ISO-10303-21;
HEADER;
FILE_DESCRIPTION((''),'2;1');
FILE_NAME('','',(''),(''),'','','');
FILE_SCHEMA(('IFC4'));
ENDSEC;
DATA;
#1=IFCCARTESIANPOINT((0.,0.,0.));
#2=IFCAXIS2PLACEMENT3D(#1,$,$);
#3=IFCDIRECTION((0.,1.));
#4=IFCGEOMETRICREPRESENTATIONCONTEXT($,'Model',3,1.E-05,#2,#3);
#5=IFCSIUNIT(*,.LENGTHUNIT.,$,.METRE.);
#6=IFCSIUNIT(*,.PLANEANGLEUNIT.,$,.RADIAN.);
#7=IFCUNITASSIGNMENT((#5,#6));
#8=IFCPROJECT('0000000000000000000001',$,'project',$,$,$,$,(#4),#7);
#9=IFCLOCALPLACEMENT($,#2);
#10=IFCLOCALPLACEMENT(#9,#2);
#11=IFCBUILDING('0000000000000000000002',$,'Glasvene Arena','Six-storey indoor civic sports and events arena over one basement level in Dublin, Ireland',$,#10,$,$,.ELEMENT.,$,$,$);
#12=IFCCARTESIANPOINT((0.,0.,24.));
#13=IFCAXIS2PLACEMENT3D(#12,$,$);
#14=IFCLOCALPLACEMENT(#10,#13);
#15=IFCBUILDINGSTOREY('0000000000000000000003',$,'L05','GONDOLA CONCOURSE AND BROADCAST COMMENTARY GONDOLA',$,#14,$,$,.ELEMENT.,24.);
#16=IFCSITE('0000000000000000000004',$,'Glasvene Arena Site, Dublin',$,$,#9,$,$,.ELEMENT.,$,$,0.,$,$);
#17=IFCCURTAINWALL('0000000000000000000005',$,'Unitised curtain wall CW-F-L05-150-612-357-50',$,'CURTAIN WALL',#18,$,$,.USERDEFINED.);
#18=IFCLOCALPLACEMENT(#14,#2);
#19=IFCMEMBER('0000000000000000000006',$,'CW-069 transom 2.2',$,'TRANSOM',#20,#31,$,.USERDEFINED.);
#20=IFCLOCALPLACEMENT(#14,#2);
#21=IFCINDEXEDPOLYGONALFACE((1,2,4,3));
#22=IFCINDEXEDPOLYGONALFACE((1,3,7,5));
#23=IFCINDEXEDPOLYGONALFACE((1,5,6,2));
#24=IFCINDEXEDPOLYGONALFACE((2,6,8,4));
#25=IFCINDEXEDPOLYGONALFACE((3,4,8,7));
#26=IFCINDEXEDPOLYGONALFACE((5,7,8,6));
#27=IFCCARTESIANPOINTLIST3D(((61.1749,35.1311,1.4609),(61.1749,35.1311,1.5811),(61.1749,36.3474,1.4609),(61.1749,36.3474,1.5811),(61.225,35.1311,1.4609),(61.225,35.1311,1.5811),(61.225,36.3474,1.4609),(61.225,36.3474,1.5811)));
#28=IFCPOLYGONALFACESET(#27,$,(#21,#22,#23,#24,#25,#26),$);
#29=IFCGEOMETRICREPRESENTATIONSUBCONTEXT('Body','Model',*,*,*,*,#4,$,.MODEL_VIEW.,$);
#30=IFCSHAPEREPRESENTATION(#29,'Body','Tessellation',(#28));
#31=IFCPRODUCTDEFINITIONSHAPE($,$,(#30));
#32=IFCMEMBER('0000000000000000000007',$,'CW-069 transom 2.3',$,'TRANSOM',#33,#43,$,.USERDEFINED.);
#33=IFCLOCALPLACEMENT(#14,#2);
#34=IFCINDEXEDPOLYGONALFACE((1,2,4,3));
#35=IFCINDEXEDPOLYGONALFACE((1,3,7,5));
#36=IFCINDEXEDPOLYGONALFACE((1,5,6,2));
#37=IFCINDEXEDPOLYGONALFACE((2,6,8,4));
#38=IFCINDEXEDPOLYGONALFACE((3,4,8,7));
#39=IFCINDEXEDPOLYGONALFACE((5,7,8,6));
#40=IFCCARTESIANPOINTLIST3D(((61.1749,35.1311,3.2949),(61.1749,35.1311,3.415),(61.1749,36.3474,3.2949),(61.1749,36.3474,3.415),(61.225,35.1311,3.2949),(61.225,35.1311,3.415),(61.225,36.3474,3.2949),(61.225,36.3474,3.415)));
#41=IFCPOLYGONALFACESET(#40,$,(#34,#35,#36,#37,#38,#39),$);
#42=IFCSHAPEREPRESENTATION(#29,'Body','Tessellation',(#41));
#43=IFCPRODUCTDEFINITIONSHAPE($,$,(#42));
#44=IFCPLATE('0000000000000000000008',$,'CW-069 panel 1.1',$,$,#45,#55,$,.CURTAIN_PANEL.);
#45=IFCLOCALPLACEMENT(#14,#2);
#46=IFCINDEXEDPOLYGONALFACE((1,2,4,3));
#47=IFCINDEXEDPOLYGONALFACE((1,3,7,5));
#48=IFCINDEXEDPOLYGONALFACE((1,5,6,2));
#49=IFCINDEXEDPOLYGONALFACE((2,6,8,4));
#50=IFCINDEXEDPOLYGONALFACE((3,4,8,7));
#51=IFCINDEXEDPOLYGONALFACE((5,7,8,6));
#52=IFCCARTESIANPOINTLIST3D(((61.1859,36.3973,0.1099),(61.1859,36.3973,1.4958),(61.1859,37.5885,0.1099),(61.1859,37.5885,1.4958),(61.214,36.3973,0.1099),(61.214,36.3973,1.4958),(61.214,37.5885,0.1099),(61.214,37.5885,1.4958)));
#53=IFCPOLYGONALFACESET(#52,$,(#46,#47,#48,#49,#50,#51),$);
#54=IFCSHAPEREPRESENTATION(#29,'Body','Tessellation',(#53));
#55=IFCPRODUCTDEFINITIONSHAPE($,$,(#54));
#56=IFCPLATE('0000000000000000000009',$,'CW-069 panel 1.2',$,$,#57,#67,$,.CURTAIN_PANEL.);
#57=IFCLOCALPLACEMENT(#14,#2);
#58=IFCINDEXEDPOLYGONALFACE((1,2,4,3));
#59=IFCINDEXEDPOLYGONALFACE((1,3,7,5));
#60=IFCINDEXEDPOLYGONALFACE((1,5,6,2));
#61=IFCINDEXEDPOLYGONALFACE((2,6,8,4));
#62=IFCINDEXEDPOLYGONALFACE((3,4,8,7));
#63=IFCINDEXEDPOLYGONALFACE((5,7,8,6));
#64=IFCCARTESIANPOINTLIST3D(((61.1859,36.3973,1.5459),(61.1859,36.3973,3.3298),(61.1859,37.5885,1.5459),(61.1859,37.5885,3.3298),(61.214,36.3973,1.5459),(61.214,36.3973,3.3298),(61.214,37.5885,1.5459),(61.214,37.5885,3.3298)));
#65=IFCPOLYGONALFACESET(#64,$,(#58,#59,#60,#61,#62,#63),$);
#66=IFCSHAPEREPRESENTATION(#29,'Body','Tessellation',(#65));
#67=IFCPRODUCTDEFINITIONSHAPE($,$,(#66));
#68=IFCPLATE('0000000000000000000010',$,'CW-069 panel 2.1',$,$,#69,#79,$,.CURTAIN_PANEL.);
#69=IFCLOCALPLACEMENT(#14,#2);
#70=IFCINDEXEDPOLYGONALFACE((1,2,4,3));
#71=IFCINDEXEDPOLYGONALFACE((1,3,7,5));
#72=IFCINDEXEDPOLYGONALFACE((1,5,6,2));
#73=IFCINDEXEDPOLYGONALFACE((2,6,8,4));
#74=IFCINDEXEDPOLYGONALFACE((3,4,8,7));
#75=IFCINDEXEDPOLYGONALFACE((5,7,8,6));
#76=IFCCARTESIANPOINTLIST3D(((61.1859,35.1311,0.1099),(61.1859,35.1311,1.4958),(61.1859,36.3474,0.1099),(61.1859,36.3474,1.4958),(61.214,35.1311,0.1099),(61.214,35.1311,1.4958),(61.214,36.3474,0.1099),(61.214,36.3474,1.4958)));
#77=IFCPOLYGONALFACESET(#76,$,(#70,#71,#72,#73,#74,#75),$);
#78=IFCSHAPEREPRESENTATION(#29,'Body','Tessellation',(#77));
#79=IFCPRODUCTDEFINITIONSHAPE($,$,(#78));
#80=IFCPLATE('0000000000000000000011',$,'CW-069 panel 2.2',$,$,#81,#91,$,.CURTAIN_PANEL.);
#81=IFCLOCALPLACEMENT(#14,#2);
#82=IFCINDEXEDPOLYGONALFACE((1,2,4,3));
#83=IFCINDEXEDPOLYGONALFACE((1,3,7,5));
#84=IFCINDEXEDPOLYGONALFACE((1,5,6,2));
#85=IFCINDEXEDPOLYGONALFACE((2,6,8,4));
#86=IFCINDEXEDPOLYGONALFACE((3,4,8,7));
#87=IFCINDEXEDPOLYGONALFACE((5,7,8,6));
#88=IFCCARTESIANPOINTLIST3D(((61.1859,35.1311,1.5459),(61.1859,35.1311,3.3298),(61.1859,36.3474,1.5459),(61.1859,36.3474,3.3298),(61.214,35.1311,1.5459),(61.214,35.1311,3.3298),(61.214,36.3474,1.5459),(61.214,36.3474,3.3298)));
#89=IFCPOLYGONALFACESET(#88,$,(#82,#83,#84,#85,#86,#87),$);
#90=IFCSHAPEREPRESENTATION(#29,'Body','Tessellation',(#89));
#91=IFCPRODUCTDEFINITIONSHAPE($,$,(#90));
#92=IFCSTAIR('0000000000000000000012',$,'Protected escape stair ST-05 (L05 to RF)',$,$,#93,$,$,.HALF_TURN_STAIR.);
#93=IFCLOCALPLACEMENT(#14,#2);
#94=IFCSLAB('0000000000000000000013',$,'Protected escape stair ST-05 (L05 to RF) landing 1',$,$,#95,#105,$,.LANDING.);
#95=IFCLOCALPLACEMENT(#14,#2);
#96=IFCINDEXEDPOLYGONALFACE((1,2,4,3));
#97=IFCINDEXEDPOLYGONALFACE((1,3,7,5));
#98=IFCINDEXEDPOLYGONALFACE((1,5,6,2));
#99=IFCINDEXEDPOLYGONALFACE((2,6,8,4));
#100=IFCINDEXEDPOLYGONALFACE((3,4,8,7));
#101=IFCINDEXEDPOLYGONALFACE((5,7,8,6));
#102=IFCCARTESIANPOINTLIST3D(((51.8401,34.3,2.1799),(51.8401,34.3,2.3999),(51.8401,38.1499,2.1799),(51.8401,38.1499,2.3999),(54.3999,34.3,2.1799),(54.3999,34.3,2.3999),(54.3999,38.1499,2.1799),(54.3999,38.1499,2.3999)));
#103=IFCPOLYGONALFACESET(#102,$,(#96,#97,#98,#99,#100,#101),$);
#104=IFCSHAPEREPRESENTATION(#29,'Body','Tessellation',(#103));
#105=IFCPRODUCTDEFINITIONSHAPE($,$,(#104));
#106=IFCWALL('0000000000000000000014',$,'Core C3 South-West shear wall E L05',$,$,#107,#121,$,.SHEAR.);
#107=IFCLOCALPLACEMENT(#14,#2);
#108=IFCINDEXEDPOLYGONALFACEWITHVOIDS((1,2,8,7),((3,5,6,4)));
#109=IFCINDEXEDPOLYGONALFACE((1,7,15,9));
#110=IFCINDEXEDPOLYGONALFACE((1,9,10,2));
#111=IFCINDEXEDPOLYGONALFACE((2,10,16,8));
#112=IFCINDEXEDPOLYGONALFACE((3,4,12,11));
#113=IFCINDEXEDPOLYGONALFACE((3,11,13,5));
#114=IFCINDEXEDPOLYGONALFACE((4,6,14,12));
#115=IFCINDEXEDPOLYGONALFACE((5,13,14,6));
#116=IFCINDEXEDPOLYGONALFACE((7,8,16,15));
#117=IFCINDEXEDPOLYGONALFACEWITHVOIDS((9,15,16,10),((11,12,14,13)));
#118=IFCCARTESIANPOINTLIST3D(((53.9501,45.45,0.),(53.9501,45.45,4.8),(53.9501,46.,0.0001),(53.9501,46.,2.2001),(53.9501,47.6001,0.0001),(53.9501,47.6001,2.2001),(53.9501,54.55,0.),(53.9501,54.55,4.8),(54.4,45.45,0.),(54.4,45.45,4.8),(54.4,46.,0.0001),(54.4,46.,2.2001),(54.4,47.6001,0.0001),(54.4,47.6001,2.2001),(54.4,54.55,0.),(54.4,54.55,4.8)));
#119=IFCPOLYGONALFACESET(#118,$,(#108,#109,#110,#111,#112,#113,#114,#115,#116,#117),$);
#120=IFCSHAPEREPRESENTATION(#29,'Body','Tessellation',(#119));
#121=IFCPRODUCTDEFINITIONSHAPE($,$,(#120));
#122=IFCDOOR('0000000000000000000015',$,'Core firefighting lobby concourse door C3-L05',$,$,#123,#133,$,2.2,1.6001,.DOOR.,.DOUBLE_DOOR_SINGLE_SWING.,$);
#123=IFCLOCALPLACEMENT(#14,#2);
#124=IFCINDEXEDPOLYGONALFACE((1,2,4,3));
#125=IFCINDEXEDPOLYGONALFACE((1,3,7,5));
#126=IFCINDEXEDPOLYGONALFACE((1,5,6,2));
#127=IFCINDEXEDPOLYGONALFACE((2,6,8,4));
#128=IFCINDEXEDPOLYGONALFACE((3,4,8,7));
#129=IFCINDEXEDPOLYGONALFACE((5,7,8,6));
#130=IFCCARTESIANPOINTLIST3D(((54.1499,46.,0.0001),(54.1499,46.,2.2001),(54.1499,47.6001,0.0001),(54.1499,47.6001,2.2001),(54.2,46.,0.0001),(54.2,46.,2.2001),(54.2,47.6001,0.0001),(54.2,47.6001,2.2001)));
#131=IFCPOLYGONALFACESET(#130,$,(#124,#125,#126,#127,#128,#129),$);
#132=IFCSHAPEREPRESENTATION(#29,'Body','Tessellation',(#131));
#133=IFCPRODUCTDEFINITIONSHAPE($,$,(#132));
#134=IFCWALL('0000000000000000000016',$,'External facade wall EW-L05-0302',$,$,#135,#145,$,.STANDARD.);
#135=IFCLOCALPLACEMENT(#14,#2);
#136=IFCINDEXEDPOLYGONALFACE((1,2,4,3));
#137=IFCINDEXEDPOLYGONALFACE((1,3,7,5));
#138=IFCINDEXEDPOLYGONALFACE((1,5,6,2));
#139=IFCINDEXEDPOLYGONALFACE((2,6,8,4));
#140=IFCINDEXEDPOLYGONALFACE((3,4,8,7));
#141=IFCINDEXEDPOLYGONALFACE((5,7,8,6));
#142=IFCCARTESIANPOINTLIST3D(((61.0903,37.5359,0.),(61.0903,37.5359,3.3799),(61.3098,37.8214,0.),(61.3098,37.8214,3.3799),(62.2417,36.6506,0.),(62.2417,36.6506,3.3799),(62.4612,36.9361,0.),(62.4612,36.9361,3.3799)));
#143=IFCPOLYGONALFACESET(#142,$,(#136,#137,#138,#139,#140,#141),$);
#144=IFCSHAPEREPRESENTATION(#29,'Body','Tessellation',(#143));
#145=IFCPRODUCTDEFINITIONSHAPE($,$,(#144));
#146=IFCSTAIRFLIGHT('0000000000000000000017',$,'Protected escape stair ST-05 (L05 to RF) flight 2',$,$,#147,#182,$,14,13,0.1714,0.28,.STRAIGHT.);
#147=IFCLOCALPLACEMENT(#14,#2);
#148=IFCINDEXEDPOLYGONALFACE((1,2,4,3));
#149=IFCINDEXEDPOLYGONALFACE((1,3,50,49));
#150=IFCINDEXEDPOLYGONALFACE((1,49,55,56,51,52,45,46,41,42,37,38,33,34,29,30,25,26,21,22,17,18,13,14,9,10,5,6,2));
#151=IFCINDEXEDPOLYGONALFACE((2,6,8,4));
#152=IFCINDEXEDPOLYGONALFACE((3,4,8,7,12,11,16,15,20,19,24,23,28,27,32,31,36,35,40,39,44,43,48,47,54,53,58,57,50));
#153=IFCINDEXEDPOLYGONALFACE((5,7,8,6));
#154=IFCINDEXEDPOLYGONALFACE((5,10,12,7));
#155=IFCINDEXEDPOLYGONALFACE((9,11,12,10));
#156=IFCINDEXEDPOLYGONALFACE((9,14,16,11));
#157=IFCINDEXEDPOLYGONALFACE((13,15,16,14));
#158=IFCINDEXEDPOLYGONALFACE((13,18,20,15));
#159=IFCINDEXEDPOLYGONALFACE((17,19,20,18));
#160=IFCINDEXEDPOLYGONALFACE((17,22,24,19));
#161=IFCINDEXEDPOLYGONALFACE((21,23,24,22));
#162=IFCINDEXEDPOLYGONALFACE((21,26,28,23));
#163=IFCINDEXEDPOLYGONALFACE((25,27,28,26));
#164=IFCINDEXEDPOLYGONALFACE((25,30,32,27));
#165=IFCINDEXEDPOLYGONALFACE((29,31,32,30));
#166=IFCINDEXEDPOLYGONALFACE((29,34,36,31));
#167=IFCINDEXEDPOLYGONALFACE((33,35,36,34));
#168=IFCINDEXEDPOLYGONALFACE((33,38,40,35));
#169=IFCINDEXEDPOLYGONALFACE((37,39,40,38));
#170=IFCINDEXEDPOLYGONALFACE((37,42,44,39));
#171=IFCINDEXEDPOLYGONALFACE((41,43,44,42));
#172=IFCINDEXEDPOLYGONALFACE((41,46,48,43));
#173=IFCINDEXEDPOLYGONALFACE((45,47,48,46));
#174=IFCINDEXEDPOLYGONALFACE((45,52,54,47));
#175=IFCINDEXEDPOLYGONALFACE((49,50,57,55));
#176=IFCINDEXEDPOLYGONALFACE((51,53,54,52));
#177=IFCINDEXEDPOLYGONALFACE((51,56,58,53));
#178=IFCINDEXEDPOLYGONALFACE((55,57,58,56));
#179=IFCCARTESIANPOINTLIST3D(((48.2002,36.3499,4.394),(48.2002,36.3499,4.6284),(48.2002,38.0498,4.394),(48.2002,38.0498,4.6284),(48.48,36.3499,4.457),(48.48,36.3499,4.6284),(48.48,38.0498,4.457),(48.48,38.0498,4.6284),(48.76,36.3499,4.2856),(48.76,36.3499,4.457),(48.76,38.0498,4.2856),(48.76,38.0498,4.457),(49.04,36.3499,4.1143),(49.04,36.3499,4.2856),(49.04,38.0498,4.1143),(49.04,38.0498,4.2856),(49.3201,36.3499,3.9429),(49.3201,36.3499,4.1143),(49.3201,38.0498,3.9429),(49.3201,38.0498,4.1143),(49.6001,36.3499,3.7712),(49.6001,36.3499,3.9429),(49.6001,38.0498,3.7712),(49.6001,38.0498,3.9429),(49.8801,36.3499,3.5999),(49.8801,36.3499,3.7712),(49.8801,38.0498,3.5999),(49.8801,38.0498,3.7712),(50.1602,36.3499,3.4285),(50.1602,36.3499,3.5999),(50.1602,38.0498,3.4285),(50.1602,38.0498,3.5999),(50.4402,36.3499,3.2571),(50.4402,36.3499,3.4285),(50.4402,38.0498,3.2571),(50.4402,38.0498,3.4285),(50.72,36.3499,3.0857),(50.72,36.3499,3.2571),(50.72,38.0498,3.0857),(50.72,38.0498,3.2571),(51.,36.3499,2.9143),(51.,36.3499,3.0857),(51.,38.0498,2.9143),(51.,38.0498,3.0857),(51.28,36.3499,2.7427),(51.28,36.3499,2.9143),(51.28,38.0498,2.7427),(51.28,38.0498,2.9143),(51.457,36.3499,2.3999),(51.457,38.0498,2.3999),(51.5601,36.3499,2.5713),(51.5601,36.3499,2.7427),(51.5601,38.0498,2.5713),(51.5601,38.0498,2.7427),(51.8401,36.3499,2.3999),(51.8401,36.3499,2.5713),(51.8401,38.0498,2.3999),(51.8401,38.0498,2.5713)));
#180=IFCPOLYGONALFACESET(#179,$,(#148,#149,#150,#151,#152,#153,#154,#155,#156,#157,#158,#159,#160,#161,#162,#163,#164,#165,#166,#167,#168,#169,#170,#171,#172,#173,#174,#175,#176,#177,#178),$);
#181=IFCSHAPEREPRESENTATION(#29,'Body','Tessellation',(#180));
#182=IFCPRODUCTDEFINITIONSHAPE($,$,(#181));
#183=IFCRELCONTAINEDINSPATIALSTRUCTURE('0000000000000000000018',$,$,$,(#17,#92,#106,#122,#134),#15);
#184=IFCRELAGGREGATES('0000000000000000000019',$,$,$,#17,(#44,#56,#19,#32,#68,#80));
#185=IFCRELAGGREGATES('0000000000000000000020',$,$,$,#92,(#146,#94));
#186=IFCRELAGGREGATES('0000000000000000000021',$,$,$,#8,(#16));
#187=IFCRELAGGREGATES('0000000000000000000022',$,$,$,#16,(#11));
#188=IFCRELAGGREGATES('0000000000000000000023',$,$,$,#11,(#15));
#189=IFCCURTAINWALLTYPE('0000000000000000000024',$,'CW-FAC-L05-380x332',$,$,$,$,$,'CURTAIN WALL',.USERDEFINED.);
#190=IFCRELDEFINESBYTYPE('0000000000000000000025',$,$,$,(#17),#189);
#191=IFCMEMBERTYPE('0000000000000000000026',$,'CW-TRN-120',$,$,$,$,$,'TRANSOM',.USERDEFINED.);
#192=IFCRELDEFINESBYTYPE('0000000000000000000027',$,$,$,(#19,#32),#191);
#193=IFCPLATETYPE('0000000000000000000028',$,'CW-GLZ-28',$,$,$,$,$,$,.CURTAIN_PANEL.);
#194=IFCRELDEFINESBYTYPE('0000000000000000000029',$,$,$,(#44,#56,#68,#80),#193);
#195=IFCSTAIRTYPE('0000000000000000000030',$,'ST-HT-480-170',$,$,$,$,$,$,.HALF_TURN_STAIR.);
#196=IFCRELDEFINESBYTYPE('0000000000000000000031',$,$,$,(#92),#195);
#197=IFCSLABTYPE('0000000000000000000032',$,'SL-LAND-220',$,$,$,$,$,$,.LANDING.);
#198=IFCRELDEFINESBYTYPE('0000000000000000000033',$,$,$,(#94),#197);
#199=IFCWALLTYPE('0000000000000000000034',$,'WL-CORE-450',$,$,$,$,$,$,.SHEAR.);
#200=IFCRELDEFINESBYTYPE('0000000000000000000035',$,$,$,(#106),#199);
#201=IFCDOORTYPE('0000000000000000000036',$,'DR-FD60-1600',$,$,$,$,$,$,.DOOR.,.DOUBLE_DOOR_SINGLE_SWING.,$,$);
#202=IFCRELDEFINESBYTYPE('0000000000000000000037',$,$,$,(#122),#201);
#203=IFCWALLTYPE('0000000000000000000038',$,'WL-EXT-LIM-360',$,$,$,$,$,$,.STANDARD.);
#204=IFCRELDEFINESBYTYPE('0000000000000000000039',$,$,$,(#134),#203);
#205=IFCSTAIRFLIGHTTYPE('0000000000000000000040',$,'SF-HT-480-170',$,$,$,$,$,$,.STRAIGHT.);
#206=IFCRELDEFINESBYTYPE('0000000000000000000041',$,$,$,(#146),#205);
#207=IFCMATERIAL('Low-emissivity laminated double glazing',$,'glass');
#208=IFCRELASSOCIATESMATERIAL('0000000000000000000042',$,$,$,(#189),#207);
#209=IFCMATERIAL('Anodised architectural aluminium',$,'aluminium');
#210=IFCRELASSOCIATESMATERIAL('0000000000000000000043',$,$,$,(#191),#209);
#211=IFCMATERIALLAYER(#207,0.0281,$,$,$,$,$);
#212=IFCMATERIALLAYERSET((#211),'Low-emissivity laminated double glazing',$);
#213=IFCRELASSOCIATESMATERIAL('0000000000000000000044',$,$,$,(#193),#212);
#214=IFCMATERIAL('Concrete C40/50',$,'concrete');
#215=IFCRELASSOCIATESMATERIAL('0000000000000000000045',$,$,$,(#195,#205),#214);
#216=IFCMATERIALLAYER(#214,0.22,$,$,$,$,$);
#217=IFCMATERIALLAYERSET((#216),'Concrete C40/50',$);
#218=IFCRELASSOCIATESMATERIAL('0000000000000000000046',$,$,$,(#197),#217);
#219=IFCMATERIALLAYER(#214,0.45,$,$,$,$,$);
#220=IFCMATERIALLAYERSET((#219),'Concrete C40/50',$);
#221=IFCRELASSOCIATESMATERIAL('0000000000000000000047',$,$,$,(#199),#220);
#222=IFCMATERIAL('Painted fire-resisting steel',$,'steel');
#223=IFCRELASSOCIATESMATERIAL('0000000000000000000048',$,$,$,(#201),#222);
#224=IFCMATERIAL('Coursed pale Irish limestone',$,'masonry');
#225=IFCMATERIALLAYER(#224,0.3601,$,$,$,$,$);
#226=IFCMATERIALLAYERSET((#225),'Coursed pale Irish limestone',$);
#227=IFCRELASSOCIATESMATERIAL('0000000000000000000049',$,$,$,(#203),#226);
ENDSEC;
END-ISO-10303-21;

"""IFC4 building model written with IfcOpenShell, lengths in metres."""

from ifc_helpers import new_model, si_unit, direction, frame, frame_2d, origin, origin_2d, place, context, subcontext, project, spatial, polyline, rectangle, outline, extrude, material, layer, layer_set, material_profile, profile_set, type_object, element, fill, aggregate, save


model = new_model("IFC4")

# Units and contexts
model_context = context("Model", 3, precision=1e-05, world=origin(), true_north=direction((0.0, 1.0)))
body_context = subcontext(model_context, "Body", "Model", "MODEL_VIEW")
ifc_project = project(units=[si_unit("LENGTHUNIT", "METRE"), si_unit("PLANEANGLEUNIT", "RADIAN")], contexts=[model_context])

# Site, building, storey
site_placement = place(None, origin())
site = spatial("IfcSite", under=ifc_project, at=site_placement, Name="Glasvene Arena Site, Dublin", CompositionType="ELEMENT", RefElevation=0.0)
building_placement = place(site_placement, origin())
building = spatial("IfcBuilding", under=site, at=building_placement, Name="Glasvene Arena", Description="Six-storey indoor civic sports and events arena over one basement level in Dublin, Ireland", CompositionType="ELEMENT")
storey_placement = place(building_placement, frame((0.0, 0.0, 24.0)))
storey = spatial("IfcBuildingStorey", under=building, at=storey_placement, Name="L05", Description="GONDOLA CONCOURSE AND BROADCAST COMMENTARY GONDOLA", CompositionType="ELEMENT", Elevation=24.0)

# Curtain wall, members, plates
ifc_material_1 = material(Name="Low-emissivity laminated double glazing", Category="glass")
curtain_wall_type = type_object("IfcCurtainWallType", Name="CW-FAC-L05-380x332", ElementType="CURTAIN WALL", PredefinedType="USERDEFINED", material=ifc_material_1)
curtain_wall_placement = place(storey_placement, frame((61.2, 37.6387, 0.0)))
curtain_wall = element("IfcCurtainWall", 1, at=curtain_wall_placement, inside=storey, type_object=curtain_wall_type, Name="Unitised curtain wall CW-F-L05-150-612-357-50", ObjectType="CURTAIN WALL", PredefinedType="USERDEFINED")
ifc_material_2 = material(Name="Anodised architectural aluminium", Category="aluminium")
ifc_material_profile_1 = material_profile(ifc_material_2, rectangle(XDim=0.05, YDim=0.1201, at=origin_2d()), Name="ALU TRANSOM 50x120")
ifc_profile_set_1 = profile_set([ifc_material_profile_1], Name="Anodised architectural aluminium")
member_type_1 = type_object("IfcMemberType", Name="CW-TRN-120", ElementType="TRANSOM", PredefinedType="USERDEFINED", material=ifc_profile_set_1)
member_1_placement = place(storey_placement, frame((61.2, 36.3474, 1.521), z_axis=(0.0, -1.0, 0.0), x_axis=(1.0, 0.0, 0.0)))
member_1 = element("IfcMember", 2, at=member_1_placement, type_object=member_type_1, Name="CW-069 transom 2.2", ObjectType="TRANSOM", PredefinedType="USERDEFINED", context=body_context, shape_type="SweptSolid", body=[
    extrude(rectangle(XDim=0.05, YDim=0.1201, at=origin_2d()), origin(), (0.0, 0.0, 1.0), 1.2163),
])
member_2_placement = place(storey_placement, frame((61.2, 36.3474, 3.355), z_axis=(0.0, -1.0, 0.0), x_axis=(1.0, 0.0, 0.0)))
member_2 = element("IfcMember", 3, at=member_2_placement, type_object=member_type_1, Name="CW-069 transom 2.3", ObjectType="TRANSOM", PredefinedType="USERDEFINED", context=body_context, shape_type="SweptSolid", body=[
    extrude(rectangle(XDim=0.05, YDim=0.1201, at=origin_2d()), origin(), (0.0, 0.0, 1.0), 1.2163),
])
ifc_layer_1 = layer(ifc_material_1, 0.0281)
ifc_layer_set_1 = layer_set([ifc_layer_1], Name="Low-emissivity laminated double glazing")
plate_type = type_object("IfcPlateType", Name="CW-GLZ-28", PredefinedType="CURTAIN_PANEL", material=ifc_layer_set_1)
plate_1_placement = place(storey_placement, frame((61.2, 36.9929, 0.1099), z_axis=(0.0, 0.0, 1.0), x_axis=(0.0, -1.0, 0.0)))
plate_1 = element("IfcPlate", 4, at=plate_1_placement, type_object=plate_type, Name="CW-069 panel 1.1", PredefinedType="CURTAIN_PANEL", context=body_context, shape_type="SweptSolid", body=[
    extrude(rectangle(XDim=1.1912, YDim=0.0281, at=origin_2d()), origin(), (0.0, 0.0, 1.0), 1.386),
])
plate_2_placement = place(storey_placement, frame((61.2, 36.9929, 1.5459), z_axis=(0.0, 0.0, 1.0), x_axis=(0.0, -1.0, 0.0)))
plate_2 = element("IfcPlate", 5, at=plate_2_placement, type_object=plate_type, Name="CW-069 panel 1.2", PredefinedType="CURTAIN_PANEL", context=body_context, shape_type="SweptSolid", body=[
    extrude(rectangle(XDim=1.1912, YDim=0.0281, at=origin_2d()), origin(), (0.0, 0.0, 1.0), 1.7839),
])
plate_3_placement = place(storey_placement, frame((61.2, 35.7393, 0.1099), z_axis=(0.0, 0.0, 1.0), x_axis=(0.0, -1.0, 0.0)))
plate_3 = element("IfcPlate", 6, at=plate_3_placement, type_object=plate_type, Name="CW-069 panel 2.1", PredefinedType="CURTAIN_PANEL", context=body_context, shape_type="SweptSolid", body=[
    extrude(rectangle(XDim=1.2163, YDim=0.0281, at=origin_2d()), origin(), (0.0, 0.0, 1.0), 1.386),
])
plate_4_placement = place(storey_placement, frame((61.2, 35.7393, 1.5459), z_axis=(0.0, 0.0, 1.0), x_axis=(0.0, -1.0, 0.0)))
plate_4 = element("IfcPlate", 7, at=plate_4_placement, type_object=plate_type, Name="CW-069 panel 2.2", PredefinedType="CURTAIN_PANEL", context=body_context, shape_type="SweptSolid", body=[
    extrude(rectangle(XDim=1.2163, YDim=0.0281, at=origin_2d()), origin(), (0.0, 0.0, 1.0), 1.7839),
])
aggregate(curtain_wall, [plate_1, plate_2, member_1, member_2, plate_3, plate_4])

# Stair, slab
ifc_material_3 = material(Name="Concrete C40/50", Category="concrete")
stair_type = type_object("IfcStairType", Name="ST-HT-480-170", PredefinedType="HALF_TURN_STAIR", material=ifc_material_3)
stair_placement = place(storey_placement, origin())
stair = element("IfcStair", 8, at=stair_placement, inside=storey, type_object=stair_type, Name="Protected escape stair ST-05 (L05 to RF)", PredefinedType="HALF_TURN_STAIR")
ifc_layer_2 = layer(ifc_material_3, 0.22)
ifc_layer_set_2 = layer_set([ifc_layer_2], Name="Concrete C40/50")
slab_type = type_object("IfcSlabType", Name="SL-LAND-220", PredefinedType="LANDING", material=ifc_layer_set_2)
slab_placement = place(storey_placement, frame((53.1201, 36.2251, 2.1799)))
slab = element("IfcSlab", 9, at=slab_placement, type_object=slab_type, Name="Protected escape stair ST-05 (L05 to RF) landing 1", PredefinedType="LANDING", context=body_context, shape_type="SweptSolid", body=[
    extrude(outline(polyline([(-1.28, -1.925), (1.2798, -1.925), (1.2798, 1.9248), (-1.28, 1.9248), (-1.28, -1.925)])), origin(), (0.0, 0.0, 1.0), 0.22),
])

# Wall, opening, door
ifc_layer_3 = layer(ifc_material_3, 0.45)
ifc_layer_set_3 = layer_set([ifc_layer_3], Name="Concrete C40/50")
wall_type_1 = type_object("IfcWallType", Name="WL-CORE-450", PredefinedType="SHEAR", material=ifc_layer_set_3)
wall_1_placement = place(storey_placement, frame((54.175, 45.45, 0.0), z_axis=(0.0, 0.0, 1.0), x_axis=(0.0, 1.0, 0.0)))
wall_1 = element("IfcWall", 10, at=wall_1_placement, inside=storey, type_object=wall_type_1, Name="Core C3 South-West shear wall E L05", PredefinedType="SHEAR", context=body_context, shape_type="SweptSolid", body=[
    extrude(rectangle(XDim=9.1001, YDim=0.45, at=frame_2d((4.55, 0.0))), origin(), (0.0, 0.0, 1.0), 4.8),
])
opening_placement = place(wall_1_placement, frame((0.55, 0.0, 0.0)))
opening = element("IfcOpeningElement", 11, at=opening_placement, cuts=wall_1, PredefinedType="OPENING", context=body_context, shape_type="SweptSolid", body=[
    extrude(rectangle(XDim=1.6001, YDim=2.2, at=frame_2d((0.8, 1.1001))), frame((0.0, 0.2349, 0.0), z_axis=(0.0, -1.0, 0.0), x_axis=(1.0, 0.0, 0.0)), (0.0, 0.0, 1.0), 0.47),
])
ifc_material_4 = material(Name="Painted fire-resisting steel", Category="steel")
door_type = type_object("IfcDoorType", Name="DR-FD60-1600", OperationType="DOUBLE_DOOR_SINGLE_SWING", PredefinedType="DOOR", material=ifc_material_4)
door_placement = place(opening_placement, frame((1.6001, 0.0, 0.0), z_axis=(0.0, 0.0, 1.0), x_axis=(-1.0, 0.0, 0.0)))
door = element("IfcDoor", 12, at=door_placement, inside=storey, type_object=door_type, Name="Core firefighting lobby concourse door C3-L05", OperationType="DOUBLE_DOOR_SINGLE_SWING", OverallHeight=2.2, OverallWidth=1.6001, PredefinedType="DOOR", context=body_context, shape_type="SweptSolid", body=[
    extrude(rectangle(XDim=1.6001, YDim=2.2, at=frame_2d((0.8, 1.1001))), frame((0.0, 0.0249, 0.0), z_axis=(0.0, -1.0, 0.0), x_axis=(1.0, 0.0, 0.0)), (0.0, 0.0, 1.0), 0.05),
])
fill(opening, door)

# Wall
ifc_material_5 = material(Name="Coursed pale Irish limestone", Category="masonry")
ifc_layer_4 = layer(ifc_material_5, 0.3601)
ifc_layer_set_4 = layer_set([ifc_layer_4], Name="Coursed pale Irish limestone")
wall_type_2 = type_object("IfcWallType", Name="WL-EXT-LIM-360", PredefinedType="STANDARD", material=ifc_layer_set_4)
wall_2_placement = place(storey_placement, frame((62.3513, 36.7935, 0.0), z_axis=(0.0, 0.0, 1.0), x_axis=(-0.792761, 0.609532, 0.0)))
element("IfcWall", 13, at=wall_2_placement, inside=storey, type_object=wall_type_2, Name="External facade wall EW-L05-0302", PredefinedType="STANDARD", context=body_context, shape_type="SweptSolid", body=[
    extrude(rectangle(XDim=1.4524, YDim=0.3601, at=frame_2d((0.7261, 0.0))), origin(), (0.0, 0.0, 1.0), 3.3799),
])

# Stair flight
stair_flight_type = type_object("IfcStairFlightType", Name="SF-HT-480-170", PredefinedType="STRAIGHT", material=ifc_material_3)
stair_flight_placement = place(storey_placement, frame((51.8401, 37.2, 2.3999), z_axis=(0.0, 0.0, 1.0), x_axis=(-1.0, 0.0, 0.0)))
stair_flight = element("IfcStairFlight", 14, at=stair_flight_placement, type_object=stair_flight_type, Name="Protected escape stair ST-05 (L05 to RF) flight 2", NumberOfRisers=14, NumberOfTreads=13, PredefinedType="STRAIGHT", RiserHeight=0.1714, TreadLength=0.28, context=body_context, shape_type="SweptSolid", body=[
    extrude(outline(polyline([(0.0, 0.0), (0.0, 0.1714), (0.28, 0.1714), (0.28, 0.3428), (0.5601, 0.3428), (0.5601, 0.5144), (0.8401, 0.5144), (0.8401, 0.6858), (1.1201, 0.6858), (1.1201, 0.8572), (1.3999, 0.8572), (1.3999, 1.0286), (1.6799, 1.0286), (1.6799, 1.2), (1.96, 1.2), (1.96, 1.3713), (2.24, 1.3713), (2.24, 1.543), (2.52, 1.543), (2.52, 1.7144), (2.8, 1.7144), (2.8, 1.8857), (3.0801, 1.8857), (3.0801, 2.0571), (3.3601, 2.0571), (3.3601, 2.2285), (3.6399, 2.2285), (3.6399, 2.3999), (3.6399, 1.9941), (0.3831, 0.0), (0.0, 0.0)])), frame((0.0, 0.8501, 0.0), z_axis=(0.0, -1.0, 0.0), x_axis=(1.0, 0.0, 0.0)), (0.0, 0.0, 1.0), 1.7),
])
aggregate(stair, [stair_flight, slab])

save(model, "model.ifc")
